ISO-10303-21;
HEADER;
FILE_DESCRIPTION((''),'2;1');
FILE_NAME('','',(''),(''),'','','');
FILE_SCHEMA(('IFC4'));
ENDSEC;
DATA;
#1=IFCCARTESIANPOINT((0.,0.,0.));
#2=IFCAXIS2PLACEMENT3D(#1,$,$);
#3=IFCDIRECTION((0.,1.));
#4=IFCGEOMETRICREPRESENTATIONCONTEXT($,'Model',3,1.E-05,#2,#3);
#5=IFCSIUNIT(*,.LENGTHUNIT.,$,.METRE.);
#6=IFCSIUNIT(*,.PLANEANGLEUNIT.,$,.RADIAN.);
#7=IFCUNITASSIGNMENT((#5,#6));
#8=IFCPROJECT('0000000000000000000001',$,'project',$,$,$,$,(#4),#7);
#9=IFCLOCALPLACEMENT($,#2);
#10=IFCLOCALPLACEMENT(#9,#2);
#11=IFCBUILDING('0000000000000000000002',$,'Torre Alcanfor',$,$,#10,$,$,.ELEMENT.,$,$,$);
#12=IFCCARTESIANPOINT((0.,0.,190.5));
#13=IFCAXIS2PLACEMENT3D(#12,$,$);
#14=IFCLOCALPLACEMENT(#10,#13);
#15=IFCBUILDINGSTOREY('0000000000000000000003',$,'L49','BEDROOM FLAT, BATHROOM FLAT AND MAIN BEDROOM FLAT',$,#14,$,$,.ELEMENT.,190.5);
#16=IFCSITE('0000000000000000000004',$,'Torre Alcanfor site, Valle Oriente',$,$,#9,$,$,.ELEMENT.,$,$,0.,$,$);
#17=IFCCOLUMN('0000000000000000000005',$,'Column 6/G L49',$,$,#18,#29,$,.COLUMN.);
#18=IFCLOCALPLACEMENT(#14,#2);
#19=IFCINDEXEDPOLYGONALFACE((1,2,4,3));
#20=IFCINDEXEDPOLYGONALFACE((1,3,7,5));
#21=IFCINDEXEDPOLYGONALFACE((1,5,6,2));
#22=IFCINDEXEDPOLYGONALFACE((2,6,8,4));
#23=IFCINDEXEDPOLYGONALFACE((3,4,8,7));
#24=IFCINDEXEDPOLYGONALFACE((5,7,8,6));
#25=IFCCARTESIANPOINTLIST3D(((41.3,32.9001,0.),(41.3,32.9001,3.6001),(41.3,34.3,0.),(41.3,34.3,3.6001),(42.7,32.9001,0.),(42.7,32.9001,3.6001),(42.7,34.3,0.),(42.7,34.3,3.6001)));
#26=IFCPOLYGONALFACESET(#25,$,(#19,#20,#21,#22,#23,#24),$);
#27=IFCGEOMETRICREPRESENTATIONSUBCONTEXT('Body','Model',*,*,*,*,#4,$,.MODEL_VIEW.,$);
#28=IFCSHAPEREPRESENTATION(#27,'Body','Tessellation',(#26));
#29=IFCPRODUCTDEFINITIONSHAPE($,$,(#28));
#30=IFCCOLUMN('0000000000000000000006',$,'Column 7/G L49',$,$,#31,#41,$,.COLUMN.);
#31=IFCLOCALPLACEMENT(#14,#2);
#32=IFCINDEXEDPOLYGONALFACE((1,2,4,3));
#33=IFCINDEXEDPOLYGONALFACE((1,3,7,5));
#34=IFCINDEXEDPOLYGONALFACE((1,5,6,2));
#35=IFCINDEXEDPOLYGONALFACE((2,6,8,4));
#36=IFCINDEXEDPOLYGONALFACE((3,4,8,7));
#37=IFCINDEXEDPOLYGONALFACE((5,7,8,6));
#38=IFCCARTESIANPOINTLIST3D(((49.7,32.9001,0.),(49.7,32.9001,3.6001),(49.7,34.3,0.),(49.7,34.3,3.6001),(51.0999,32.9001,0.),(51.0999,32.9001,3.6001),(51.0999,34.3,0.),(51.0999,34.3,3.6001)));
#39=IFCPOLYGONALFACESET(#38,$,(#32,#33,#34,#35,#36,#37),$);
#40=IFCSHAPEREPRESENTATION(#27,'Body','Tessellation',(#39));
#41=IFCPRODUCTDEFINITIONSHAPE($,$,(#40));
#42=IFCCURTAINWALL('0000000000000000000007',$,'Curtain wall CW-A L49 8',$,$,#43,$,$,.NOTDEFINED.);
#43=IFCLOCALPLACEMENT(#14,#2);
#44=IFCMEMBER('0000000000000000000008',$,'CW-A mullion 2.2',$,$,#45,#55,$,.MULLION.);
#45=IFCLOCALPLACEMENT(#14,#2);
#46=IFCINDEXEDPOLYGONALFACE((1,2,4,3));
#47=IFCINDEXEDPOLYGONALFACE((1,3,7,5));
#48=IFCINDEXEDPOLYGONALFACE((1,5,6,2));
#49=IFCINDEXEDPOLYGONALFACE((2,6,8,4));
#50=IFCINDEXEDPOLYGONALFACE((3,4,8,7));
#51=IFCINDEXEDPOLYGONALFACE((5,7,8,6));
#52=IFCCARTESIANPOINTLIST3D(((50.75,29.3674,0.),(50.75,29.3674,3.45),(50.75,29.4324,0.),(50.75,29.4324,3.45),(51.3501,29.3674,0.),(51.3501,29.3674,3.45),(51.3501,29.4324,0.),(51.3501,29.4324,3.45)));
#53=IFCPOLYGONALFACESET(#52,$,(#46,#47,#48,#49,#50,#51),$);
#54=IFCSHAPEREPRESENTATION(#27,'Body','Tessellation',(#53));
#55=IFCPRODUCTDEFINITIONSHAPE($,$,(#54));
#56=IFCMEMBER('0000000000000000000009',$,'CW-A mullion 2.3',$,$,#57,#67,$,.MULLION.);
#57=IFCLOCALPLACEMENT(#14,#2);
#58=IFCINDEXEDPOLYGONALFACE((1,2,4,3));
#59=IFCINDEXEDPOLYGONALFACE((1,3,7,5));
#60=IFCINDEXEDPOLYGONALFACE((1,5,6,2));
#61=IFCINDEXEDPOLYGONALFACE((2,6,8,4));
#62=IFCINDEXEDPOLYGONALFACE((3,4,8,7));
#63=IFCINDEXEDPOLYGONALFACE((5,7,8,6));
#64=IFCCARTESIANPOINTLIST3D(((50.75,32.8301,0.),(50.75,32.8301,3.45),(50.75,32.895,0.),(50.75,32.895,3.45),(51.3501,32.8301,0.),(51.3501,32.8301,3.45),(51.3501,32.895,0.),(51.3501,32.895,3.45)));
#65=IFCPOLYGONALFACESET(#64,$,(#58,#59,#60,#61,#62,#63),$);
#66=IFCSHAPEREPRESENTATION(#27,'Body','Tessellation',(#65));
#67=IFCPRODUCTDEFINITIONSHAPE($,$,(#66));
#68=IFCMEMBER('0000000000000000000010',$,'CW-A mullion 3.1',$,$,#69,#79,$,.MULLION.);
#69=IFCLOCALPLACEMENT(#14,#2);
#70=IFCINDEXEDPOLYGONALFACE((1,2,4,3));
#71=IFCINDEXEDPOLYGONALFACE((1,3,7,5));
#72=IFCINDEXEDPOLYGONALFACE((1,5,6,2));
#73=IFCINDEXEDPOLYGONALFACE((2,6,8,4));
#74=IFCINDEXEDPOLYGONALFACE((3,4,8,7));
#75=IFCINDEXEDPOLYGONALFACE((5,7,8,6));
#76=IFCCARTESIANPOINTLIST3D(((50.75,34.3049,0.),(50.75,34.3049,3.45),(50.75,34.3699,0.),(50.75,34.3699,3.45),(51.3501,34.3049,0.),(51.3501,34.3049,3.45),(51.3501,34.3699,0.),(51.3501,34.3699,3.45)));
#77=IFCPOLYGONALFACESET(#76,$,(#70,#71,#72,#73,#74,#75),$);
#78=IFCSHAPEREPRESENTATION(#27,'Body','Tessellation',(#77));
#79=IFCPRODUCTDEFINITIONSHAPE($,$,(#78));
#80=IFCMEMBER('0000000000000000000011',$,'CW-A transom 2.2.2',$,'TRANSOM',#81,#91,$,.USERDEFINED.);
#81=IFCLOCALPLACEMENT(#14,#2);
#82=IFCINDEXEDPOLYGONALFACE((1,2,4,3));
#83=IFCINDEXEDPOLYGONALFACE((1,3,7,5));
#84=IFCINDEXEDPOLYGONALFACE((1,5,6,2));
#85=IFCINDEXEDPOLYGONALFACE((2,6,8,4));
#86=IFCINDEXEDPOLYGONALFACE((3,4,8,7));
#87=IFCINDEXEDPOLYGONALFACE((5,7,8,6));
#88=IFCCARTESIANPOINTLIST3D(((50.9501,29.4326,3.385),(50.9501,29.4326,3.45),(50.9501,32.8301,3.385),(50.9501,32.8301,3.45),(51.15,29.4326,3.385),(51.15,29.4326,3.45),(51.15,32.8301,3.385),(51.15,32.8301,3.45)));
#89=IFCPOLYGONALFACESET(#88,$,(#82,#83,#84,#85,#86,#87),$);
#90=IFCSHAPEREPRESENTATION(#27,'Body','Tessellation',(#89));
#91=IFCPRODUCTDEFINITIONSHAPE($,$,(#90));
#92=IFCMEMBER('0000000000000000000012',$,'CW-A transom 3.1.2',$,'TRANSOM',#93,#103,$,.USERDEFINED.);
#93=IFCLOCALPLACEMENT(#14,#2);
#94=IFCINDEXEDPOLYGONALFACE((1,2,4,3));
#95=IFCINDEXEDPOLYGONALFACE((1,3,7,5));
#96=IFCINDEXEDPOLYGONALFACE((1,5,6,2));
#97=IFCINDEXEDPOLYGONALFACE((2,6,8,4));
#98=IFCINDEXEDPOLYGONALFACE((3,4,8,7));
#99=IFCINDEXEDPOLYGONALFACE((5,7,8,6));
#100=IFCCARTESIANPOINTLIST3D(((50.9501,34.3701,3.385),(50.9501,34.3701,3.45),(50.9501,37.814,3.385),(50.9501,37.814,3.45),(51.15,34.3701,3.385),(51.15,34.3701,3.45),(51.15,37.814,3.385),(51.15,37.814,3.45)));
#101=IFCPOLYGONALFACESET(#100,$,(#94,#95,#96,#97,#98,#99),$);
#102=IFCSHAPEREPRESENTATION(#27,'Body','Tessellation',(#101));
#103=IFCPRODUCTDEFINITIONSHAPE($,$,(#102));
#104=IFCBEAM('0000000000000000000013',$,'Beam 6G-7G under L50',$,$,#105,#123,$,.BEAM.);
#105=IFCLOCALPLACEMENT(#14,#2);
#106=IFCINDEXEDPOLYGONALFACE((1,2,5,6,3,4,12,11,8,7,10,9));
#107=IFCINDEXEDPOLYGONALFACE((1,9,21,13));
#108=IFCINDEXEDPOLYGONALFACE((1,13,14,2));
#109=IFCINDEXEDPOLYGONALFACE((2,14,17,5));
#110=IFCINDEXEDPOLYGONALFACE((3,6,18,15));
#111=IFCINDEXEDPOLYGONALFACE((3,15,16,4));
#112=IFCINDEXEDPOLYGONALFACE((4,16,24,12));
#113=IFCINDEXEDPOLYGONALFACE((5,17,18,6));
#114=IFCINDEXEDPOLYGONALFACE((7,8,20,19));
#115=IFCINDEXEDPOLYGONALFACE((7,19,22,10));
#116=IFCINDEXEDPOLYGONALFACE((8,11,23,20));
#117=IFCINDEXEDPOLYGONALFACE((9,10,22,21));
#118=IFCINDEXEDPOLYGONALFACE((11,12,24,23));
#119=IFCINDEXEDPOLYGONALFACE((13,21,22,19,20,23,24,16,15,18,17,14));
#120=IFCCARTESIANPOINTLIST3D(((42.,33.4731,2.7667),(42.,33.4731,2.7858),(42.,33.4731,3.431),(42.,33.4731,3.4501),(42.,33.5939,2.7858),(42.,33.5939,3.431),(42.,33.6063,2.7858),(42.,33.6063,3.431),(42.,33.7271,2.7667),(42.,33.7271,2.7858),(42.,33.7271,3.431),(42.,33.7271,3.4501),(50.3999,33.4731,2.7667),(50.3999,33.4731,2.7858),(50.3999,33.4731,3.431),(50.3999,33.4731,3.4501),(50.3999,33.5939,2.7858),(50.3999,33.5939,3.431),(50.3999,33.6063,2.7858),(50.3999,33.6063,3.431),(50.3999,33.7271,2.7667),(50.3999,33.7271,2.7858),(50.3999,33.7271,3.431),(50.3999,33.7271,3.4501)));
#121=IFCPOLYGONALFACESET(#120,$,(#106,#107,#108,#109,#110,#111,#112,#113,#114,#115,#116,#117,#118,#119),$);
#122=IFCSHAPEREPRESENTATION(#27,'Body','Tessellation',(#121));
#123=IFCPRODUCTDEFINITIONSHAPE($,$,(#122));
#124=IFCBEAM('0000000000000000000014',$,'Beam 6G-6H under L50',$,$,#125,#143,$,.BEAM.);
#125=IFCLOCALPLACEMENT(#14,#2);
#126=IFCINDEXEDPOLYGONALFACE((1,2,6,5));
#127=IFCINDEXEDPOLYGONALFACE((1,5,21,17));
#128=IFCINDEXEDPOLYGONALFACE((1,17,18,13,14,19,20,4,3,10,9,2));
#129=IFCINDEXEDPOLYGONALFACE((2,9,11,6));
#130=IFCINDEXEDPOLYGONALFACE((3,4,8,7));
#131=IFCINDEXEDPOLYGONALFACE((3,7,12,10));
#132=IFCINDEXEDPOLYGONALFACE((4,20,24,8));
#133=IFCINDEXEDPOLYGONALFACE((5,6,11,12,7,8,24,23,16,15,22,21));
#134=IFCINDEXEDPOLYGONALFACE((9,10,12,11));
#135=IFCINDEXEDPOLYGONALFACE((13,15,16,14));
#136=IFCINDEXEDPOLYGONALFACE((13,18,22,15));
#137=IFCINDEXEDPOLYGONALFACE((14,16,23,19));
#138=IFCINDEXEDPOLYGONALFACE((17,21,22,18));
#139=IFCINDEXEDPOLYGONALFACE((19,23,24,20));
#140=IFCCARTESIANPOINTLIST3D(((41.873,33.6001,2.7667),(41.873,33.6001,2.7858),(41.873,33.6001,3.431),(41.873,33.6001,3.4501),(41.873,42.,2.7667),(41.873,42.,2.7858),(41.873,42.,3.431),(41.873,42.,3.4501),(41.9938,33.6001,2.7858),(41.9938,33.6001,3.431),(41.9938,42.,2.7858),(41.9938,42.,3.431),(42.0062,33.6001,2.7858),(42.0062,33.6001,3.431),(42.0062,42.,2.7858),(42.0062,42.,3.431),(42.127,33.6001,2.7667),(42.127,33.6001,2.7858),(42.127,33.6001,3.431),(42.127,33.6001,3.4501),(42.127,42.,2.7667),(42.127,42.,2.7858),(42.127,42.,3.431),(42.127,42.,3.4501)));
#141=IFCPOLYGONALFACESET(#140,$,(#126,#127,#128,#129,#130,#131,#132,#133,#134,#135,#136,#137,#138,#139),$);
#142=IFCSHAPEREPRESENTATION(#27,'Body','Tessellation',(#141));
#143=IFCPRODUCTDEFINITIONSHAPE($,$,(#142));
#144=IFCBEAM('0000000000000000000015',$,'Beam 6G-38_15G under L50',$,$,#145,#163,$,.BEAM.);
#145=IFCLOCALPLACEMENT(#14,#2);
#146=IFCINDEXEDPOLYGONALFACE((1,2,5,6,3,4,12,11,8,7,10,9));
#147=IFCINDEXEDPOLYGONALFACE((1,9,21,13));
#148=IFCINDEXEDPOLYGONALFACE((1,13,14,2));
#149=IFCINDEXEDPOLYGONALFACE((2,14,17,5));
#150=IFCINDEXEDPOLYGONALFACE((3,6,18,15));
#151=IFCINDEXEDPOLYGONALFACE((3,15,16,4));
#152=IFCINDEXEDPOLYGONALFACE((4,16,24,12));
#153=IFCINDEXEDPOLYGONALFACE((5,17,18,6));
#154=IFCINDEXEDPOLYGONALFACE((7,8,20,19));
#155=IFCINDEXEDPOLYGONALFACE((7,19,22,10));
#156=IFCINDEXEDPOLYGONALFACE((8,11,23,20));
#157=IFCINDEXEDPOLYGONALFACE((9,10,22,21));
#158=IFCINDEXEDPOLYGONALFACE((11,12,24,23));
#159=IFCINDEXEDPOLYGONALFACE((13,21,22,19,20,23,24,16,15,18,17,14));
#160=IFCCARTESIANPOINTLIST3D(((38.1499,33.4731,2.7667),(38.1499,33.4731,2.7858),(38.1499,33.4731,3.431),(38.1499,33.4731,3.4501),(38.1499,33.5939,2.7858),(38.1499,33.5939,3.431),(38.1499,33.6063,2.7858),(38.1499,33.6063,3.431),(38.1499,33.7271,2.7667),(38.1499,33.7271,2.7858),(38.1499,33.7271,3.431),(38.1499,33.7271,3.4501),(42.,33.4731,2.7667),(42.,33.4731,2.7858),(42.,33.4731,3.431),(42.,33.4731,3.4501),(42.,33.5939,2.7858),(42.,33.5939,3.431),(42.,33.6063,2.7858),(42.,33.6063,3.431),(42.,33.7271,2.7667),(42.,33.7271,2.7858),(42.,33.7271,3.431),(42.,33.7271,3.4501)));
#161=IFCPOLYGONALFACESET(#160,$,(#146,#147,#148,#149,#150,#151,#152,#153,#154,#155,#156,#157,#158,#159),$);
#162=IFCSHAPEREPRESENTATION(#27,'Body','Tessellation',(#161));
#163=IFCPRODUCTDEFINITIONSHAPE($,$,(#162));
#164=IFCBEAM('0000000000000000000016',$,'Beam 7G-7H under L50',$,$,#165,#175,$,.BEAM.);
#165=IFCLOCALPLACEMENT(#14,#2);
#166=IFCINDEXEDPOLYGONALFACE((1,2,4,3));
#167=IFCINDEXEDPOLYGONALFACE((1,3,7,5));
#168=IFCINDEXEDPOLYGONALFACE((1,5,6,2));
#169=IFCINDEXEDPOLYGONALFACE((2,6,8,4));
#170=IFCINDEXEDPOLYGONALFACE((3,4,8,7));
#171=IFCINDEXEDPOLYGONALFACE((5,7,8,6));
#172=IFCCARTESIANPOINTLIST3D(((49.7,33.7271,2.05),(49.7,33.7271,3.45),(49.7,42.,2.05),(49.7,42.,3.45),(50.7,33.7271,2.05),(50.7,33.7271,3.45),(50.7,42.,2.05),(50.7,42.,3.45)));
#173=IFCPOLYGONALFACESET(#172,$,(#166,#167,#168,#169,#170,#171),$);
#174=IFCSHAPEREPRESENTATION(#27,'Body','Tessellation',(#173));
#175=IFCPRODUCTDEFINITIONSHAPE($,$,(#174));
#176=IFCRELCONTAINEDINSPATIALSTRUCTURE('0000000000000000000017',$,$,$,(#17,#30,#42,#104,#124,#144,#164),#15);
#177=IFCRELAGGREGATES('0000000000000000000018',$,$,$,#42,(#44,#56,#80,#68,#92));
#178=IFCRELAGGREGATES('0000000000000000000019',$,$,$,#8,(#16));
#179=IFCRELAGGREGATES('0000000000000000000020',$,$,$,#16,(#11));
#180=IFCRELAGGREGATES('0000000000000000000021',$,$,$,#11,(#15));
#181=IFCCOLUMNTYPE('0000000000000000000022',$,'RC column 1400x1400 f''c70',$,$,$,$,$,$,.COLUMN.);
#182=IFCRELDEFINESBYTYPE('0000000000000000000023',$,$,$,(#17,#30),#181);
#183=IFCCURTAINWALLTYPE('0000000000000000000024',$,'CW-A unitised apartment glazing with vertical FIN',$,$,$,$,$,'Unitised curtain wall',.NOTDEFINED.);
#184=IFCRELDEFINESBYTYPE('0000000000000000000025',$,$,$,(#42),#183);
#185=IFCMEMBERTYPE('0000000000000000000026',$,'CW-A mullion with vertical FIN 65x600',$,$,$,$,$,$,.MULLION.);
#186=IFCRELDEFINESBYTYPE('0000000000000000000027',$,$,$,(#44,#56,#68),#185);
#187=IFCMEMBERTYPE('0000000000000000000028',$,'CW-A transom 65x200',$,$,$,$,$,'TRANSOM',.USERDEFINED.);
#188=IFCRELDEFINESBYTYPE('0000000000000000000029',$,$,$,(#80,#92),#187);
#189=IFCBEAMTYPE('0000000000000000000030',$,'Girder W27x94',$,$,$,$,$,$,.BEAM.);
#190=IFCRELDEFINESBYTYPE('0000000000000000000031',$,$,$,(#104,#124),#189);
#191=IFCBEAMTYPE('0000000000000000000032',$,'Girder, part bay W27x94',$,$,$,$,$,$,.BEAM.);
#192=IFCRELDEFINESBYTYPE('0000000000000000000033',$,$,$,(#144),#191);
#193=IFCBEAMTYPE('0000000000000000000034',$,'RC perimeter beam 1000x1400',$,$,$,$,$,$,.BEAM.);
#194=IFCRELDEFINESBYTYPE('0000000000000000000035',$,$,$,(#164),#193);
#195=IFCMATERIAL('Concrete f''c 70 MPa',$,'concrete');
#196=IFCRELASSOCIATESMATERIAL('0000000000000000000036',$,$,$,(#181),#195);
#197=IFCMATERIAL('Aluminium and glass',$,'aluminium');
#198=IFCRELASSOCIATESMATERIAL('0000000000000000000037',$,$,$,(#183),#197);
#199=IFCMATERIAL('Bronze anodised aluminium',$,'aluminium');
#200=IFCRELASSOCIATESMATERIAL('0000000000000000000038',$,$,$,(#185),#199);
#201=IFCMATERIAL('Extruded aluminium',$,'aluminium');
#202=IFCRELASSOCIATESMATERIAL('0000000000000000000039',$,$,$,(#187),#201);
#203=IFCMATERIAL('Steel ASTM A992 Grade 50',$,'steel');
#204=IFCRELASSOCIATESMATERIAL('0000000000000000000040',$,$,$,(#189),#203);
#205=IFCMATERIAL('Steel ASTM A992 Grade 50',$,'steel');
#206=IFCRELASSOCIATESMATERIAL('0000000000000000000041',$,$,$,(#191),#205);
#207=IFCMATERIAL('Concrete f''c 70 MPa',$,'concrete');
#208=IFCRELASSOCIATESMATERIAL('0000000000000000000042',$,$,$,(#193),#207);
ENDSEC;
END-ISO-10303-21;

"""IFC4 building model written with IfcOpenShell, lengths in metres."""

from ifc_helpers import new_model, si_unit, direction, frame, origin, origin_2d, place, context, subcontext, project, spatial, rectangle, i_section, extrude, material, material_profile, profile_set, type_object, element, aggregate, save


model = new_model("IFC4")

# Units and contexts
model_context = context("Model", 3, precision=1e-05, world=origin(), true_north=direction((0.0, 1.0)))
body_context = subcontext(model_context, "Body", "Model", "MODEL_VIEW")
ifc_project = project(units=[si_unit("LENGTHUNIT", "METRE"), si_unit("PLANEANGLEUNIT", "RADIAN")], contexts=[model_context])

# Site, building, storey
site_placement = place(None, origin())
site = spatial("IfcSite", under=ifc_project, at=site_placement, Name="Torre Alcanfor site, Valle Oriente", CompositionType="ELEMENT", RefElevation=0.0)
building_placement = place(site_placement, origin())
building = spatial("IfcBuilding", under=site, at=building_placement, Name="Torre Alcanfor", CompositionType="ELEMENT")
storey_placement = place(building_placement, frame((0.0, 0.0, 190.5)))
storey = spatial("IfcBuildingStorey", under=building, at=storey_placement, Name="L49", Description="BEDROOM FLAT, BATHROOM FLAT AND MAIN BEDROOM FLAT", CompositionType="ELEMENT", Elevation=190.5)

# Columns
ifc_material_1 = material(Name="Concrete f'c 70 MPa", Category="concrete")
ifc_material_profile_1 = material_profile(ifc_material_1, rectangle(XDim=1.3999, YDim=1.3999, at=origin_2d()), Name="1400x1400")
ifc_profile_set_1 = profile_set([ifc_material_profile_1], Name="Concrete f'c 70 MPa")
column_type = type_object("IfcColumnType", Name="RC column 1400x1400 f'c70", PredefinedType="COLUMN", material=ifc_profile_set_1)
for number, where, z_axis, x_axis, name in (
    (1, (42.0, 33.6001, 0.0), (0.0, 0.0, 1.0), (1.0, 0.0, 0.0), "Column 6/G L49"),
    (2, (50.3999, 33.6001, 0.0), (0.0, 0.0, 1.0), (1.0, 0.0, 0.0), "Column 7/G L49"),
):
    element("IfcColumn", number, at=place(storey_placement, frame(where, z_axis=z_axis, x_axis=x_axis)), inside=storey, type_object=column_type, Name=name, PredefinedType="COLUMN", context=body_context, shape_type="SweptSolid", body=[
        extrude(rectangle(XDim=1.3999, YDim=1.3999, at=origin_2d()), origin(), (0.0, 0.0, 1.0), 3.6001),
    ])

# Curtain wall, members
ifc_material_2 = material(Name="Aluminium and glass", Category="aluminium")
curtain_wall_type = type_object("IfcCurtainWallType", Name="CW-A unitised apartment glazing with vertical FIN", ElementType="Unitised curtain wall", PredefinedType="NOTDEFINED", material=ifc_material_2)
curtain_wall_placement = place(storey_placement, origin())
curtain_wall = element("IfcCurtainWall", 3, at=curtain_wall_placement, inside=storey, type_object=curtain_wall_type, Name="Curtain wall CW-A L49 8", PredefinedType="NOTDEFINED")
ifc_material_3 = material(Name="Bronze anodised aluminium", Category="aluminium")
ifc_material_profile_2 = material_profile(ifc_material_3, rectangle(XDim=0.6001, YDim=0.0649, at=origin_2d()), Name="CW-A mullion 65x600")
ifc_profile_set_2 = profile_set([ifc_material_profile_2], Name="Bronze anodised aluminium")
member_type_1 = type_object("IfcMemberType", Name="CW-A mullion with vertical FIN 65x600", PredefinedType="MULLION", material=ifc_profile_set_2)
member_1_placement = place(storey_placement, frame((51.05, 29.3999, 0.0), z_axis=(0.0, 0.0, 1.0), x_axis=(-1.0, 0.0, 0.0)))
member_1 = element("IfcMember", 4, at=member_1_placement, type_object=member_type_1, Name="CW-A mullion 2.2", PredefinedType="MULLION", context=body_context, shape_type="SweptSolid", body=[
    extrude(rectangle(XDim=0.6001, YDim=0.0649, at=origin_2d()), origin(), (0.0, 0.0, 1.0), 3.45),
])
member_2_placement = place(storey_placement, frame((51.05, 32.8625, 0.0), z_axis=(0.0, 0.0, 1.0), x_axis=(-1.0, 0.0, 0.0)))
member_2 = element("IfcMember", 5, at=member_2_placement, type_object=member_type_1, Name="CW-A mullion 2.3", PredefinedType="MULLION", context=body_context, shape_type="SweptSolid", body=[
    extrude(rectangle(XDim=0.6001, YDim=0.0649, at=origin_2d()), origin(), (0.0, 0.0, 1.0), 3.45),
])
member_3_placement = place(storey_placement, frame((51.05, 34.3374, 0.0), z_axis=(0.0, 0.0, 1.0), x_axis=(-1.0, 0.0, 0.0)))
member_3 = element("IfcMember", 6, at=member_3_placement, type_object=member_type_1, Name="CW-A mullion 3.1", PredefinedType="MULLION", context=body_context, shape_type="SweptSolid", body=[
    extrude(rectangle(XDim=0.6001, YDim=0.0649, at=origin_2d()), origin(), (0.0, 0.0, 1.0), 3.45),
])
ifc_material_4 = material(Name="Extruded aluminium", Category="aluminium")
ifc_material_profile_3 = material_profile(ifc_material_4, rectangle(XDim=0.2, YDim=0.0649, at=origin_2d()), Name="CW-A transom 200x65")
ifc_profile_set_3 = profile_set([ifc_material_profile_3], Name="Extruded aluminium")
member_type_2 = type_object("IfcMemberType", Name="CW-A transom 65x200", ElementType="TRANSOM", PredefinedType="USERDEFINED", material=ifc_profile_set_3)
member_4_placement = place(storey_placement, frame((51.05, 29.4326, 3.4175), z_axis=(0.0, 1.0, 0.0), x_axis=(-1.0, 0.0, 0.0)))
member_4 = element("IfcMember", 7, at=member_4_placement, type_object=member_type_2, Name="CW-A transom 2.2.2", ObjectType="TRANSOM", PredefinedType="USERDEFINED", context=body_context, shape_type="SweptSolid", body=[
    extrude(rectangle(XDim=0.2, YDim=0.0649, at=origin_2d()), origin(), (0.0, 0.0, 1.0), 3.3975),
])
member_5_placement = place(storey_placement, frame((51.05, 34.3701, 3.4175), z_axis=(0.0, 1.0, 0.0), x_axis=(-1.0, 0.0, 0.0)))
member_5 = element("IfcMember", 8, at=member_5_placement, type_object=member_type_2, Name="CW-A transom 3.1.2", ObjectType="TRANSOM", PredefinedType="USERDEFINED", context=body_context, shape_type="SweptSolid", body=[
    extrude(rectangle(XDim=0.2, YDim=0.0649, at=origin_2d()), origin(), (0.0, 0.0, 1.0), 3.4438),
])

# Beams
ifc_material_5 = material(Name="Steel ASTM A992 Grade 50", Category="steel")
ifc_material_profile_4 = material_profile(ifc_material_5, i_section(OverallWidth=0.2539, OverallDepth=0.6833, WebThickness=0.0125, FlangeThickness=0.019, at=origin_2d()), Name="W27x94")
ifc_profile_set_4 = profile_set([ifc_material_profile_4], Name="Steel ASTM A992 Grade 50")
beam_type_1 = type_object("IfcBeamType", Name="Girder W27x94", PredefinedType="BEAM", material=ifc_profile_set_4)
for number, where, z_axis, x_axis, name in (
    (9, (42.0, 33.6001, 3.1084), (1.0, 0.0, 0.0), (0.0, 1.0, 0.0), "Beam 6G-7G under L50"),
    (10, (42.0, 33.6001, 3.1084), (0.0, 1.0, 0.0), (-1.0, 0.0, 0.0), "Beam 6G-6H under L50"),
):
    element("IfcBeam", number, at=place(storey_placement, frame(where, z_axis=z_axis, x_axis=x_axis)), inside=storey, type_object=beam_type_1, Name=name, PredefinedType="BEAM", context=body_context, shape_type="SweptSolid", body=[
        extrude(i_section(OverallWidth=0.2539, OverallDepth=0.6833, WebThickness=0.0125, FlangeThickness=0.019, at=origin_2d()), origin(), (0.0, 0.0, 1.0), 8.3999),
    ])
ifc_material_6 = material(Name="Steel ASTM A992 Grade 50", Category="steel")
ifc_material_profile_5 = material_profile(ifc_material_6, i_section(OverallWidth=0.2539, OverallDepth=0.6833, WebThickness=0.0125, FlangeThickness=0.019, at=origin_2d()), Name="W27x94")
ifc_profile_set_5 = profile_set([ifc_material_profile_5], Name="Steel ASTM A992 Grade 50")
beam_type_2 = type_object("IfcBeamType", Name="Girder, part bay W27x94", PredefinedType="BEAM", material=ifc_profile_set_5)
beam_1_placement = place(storey_placement, frame((42.0, 33.6001, 3.1084), z_axis=(-1.0, 0.0, 0.0), x_axis=(0.0, -1.0, 0.0)))
element("IfcBeam", 11, at=beam_1_placement, inside=storey, type_object=beam_type_2, Name="Beam 6G-38_15G under L50", PredefinedType="BEAM", context=body_context, shape_type="SweptSolid", body=[
    extrude(i_section(OverallWidth=0.2539, OverallDepth=0.6833, WebThickness=0.0125, FlangeThickness=0.019, at=origin_2d()), origin(), (0.0, 0.0, 1.0), 3.8501),
])
ifc_material_7 = material(Name="Concrete f'c 70 MPa", Category="concrete")
ifc_material_profile_6 = material_profile(ifc_material_7, rectangle(XDim=1.0, YDim=1.3999, at=origin_2d()), Name="1000x1400")
ifc_profile_set_6 = profile_set([ifc_material_profile_6], Name="Concrete f'c 70 MPa")
beam_type_3 = type_object("IfcBeamType", Name="RC perimeter beam 1000x1400", PredefinedType="BEAM", material=ifc_profile_set_6)
beam_2_placement = place(storey_placement, frame((50.2, 33.7271, 2.75), z_axis=(0.0, 1.0, 0.0), x_axis=(-1.0, 0.0, 0.0)))
element("IfcBeam", 12, at=beam_2_placement, inside=storey, type_object=beam_type_3, Name="Beam 7G-7H under L50", PredefinedType="BEAM", context=body_context, shape_type="SweptSolid", body=[
    extrude(rectangle(XDim=1.0, YDim=1.3999, at=origin_2d()), origin(), (0.0, 0.0, 1.0), 8.2729),
])

aggregate(curtain_wall, [member_1, member_2, member_4, member_3, member_5])

save(model, "model.ifc")
